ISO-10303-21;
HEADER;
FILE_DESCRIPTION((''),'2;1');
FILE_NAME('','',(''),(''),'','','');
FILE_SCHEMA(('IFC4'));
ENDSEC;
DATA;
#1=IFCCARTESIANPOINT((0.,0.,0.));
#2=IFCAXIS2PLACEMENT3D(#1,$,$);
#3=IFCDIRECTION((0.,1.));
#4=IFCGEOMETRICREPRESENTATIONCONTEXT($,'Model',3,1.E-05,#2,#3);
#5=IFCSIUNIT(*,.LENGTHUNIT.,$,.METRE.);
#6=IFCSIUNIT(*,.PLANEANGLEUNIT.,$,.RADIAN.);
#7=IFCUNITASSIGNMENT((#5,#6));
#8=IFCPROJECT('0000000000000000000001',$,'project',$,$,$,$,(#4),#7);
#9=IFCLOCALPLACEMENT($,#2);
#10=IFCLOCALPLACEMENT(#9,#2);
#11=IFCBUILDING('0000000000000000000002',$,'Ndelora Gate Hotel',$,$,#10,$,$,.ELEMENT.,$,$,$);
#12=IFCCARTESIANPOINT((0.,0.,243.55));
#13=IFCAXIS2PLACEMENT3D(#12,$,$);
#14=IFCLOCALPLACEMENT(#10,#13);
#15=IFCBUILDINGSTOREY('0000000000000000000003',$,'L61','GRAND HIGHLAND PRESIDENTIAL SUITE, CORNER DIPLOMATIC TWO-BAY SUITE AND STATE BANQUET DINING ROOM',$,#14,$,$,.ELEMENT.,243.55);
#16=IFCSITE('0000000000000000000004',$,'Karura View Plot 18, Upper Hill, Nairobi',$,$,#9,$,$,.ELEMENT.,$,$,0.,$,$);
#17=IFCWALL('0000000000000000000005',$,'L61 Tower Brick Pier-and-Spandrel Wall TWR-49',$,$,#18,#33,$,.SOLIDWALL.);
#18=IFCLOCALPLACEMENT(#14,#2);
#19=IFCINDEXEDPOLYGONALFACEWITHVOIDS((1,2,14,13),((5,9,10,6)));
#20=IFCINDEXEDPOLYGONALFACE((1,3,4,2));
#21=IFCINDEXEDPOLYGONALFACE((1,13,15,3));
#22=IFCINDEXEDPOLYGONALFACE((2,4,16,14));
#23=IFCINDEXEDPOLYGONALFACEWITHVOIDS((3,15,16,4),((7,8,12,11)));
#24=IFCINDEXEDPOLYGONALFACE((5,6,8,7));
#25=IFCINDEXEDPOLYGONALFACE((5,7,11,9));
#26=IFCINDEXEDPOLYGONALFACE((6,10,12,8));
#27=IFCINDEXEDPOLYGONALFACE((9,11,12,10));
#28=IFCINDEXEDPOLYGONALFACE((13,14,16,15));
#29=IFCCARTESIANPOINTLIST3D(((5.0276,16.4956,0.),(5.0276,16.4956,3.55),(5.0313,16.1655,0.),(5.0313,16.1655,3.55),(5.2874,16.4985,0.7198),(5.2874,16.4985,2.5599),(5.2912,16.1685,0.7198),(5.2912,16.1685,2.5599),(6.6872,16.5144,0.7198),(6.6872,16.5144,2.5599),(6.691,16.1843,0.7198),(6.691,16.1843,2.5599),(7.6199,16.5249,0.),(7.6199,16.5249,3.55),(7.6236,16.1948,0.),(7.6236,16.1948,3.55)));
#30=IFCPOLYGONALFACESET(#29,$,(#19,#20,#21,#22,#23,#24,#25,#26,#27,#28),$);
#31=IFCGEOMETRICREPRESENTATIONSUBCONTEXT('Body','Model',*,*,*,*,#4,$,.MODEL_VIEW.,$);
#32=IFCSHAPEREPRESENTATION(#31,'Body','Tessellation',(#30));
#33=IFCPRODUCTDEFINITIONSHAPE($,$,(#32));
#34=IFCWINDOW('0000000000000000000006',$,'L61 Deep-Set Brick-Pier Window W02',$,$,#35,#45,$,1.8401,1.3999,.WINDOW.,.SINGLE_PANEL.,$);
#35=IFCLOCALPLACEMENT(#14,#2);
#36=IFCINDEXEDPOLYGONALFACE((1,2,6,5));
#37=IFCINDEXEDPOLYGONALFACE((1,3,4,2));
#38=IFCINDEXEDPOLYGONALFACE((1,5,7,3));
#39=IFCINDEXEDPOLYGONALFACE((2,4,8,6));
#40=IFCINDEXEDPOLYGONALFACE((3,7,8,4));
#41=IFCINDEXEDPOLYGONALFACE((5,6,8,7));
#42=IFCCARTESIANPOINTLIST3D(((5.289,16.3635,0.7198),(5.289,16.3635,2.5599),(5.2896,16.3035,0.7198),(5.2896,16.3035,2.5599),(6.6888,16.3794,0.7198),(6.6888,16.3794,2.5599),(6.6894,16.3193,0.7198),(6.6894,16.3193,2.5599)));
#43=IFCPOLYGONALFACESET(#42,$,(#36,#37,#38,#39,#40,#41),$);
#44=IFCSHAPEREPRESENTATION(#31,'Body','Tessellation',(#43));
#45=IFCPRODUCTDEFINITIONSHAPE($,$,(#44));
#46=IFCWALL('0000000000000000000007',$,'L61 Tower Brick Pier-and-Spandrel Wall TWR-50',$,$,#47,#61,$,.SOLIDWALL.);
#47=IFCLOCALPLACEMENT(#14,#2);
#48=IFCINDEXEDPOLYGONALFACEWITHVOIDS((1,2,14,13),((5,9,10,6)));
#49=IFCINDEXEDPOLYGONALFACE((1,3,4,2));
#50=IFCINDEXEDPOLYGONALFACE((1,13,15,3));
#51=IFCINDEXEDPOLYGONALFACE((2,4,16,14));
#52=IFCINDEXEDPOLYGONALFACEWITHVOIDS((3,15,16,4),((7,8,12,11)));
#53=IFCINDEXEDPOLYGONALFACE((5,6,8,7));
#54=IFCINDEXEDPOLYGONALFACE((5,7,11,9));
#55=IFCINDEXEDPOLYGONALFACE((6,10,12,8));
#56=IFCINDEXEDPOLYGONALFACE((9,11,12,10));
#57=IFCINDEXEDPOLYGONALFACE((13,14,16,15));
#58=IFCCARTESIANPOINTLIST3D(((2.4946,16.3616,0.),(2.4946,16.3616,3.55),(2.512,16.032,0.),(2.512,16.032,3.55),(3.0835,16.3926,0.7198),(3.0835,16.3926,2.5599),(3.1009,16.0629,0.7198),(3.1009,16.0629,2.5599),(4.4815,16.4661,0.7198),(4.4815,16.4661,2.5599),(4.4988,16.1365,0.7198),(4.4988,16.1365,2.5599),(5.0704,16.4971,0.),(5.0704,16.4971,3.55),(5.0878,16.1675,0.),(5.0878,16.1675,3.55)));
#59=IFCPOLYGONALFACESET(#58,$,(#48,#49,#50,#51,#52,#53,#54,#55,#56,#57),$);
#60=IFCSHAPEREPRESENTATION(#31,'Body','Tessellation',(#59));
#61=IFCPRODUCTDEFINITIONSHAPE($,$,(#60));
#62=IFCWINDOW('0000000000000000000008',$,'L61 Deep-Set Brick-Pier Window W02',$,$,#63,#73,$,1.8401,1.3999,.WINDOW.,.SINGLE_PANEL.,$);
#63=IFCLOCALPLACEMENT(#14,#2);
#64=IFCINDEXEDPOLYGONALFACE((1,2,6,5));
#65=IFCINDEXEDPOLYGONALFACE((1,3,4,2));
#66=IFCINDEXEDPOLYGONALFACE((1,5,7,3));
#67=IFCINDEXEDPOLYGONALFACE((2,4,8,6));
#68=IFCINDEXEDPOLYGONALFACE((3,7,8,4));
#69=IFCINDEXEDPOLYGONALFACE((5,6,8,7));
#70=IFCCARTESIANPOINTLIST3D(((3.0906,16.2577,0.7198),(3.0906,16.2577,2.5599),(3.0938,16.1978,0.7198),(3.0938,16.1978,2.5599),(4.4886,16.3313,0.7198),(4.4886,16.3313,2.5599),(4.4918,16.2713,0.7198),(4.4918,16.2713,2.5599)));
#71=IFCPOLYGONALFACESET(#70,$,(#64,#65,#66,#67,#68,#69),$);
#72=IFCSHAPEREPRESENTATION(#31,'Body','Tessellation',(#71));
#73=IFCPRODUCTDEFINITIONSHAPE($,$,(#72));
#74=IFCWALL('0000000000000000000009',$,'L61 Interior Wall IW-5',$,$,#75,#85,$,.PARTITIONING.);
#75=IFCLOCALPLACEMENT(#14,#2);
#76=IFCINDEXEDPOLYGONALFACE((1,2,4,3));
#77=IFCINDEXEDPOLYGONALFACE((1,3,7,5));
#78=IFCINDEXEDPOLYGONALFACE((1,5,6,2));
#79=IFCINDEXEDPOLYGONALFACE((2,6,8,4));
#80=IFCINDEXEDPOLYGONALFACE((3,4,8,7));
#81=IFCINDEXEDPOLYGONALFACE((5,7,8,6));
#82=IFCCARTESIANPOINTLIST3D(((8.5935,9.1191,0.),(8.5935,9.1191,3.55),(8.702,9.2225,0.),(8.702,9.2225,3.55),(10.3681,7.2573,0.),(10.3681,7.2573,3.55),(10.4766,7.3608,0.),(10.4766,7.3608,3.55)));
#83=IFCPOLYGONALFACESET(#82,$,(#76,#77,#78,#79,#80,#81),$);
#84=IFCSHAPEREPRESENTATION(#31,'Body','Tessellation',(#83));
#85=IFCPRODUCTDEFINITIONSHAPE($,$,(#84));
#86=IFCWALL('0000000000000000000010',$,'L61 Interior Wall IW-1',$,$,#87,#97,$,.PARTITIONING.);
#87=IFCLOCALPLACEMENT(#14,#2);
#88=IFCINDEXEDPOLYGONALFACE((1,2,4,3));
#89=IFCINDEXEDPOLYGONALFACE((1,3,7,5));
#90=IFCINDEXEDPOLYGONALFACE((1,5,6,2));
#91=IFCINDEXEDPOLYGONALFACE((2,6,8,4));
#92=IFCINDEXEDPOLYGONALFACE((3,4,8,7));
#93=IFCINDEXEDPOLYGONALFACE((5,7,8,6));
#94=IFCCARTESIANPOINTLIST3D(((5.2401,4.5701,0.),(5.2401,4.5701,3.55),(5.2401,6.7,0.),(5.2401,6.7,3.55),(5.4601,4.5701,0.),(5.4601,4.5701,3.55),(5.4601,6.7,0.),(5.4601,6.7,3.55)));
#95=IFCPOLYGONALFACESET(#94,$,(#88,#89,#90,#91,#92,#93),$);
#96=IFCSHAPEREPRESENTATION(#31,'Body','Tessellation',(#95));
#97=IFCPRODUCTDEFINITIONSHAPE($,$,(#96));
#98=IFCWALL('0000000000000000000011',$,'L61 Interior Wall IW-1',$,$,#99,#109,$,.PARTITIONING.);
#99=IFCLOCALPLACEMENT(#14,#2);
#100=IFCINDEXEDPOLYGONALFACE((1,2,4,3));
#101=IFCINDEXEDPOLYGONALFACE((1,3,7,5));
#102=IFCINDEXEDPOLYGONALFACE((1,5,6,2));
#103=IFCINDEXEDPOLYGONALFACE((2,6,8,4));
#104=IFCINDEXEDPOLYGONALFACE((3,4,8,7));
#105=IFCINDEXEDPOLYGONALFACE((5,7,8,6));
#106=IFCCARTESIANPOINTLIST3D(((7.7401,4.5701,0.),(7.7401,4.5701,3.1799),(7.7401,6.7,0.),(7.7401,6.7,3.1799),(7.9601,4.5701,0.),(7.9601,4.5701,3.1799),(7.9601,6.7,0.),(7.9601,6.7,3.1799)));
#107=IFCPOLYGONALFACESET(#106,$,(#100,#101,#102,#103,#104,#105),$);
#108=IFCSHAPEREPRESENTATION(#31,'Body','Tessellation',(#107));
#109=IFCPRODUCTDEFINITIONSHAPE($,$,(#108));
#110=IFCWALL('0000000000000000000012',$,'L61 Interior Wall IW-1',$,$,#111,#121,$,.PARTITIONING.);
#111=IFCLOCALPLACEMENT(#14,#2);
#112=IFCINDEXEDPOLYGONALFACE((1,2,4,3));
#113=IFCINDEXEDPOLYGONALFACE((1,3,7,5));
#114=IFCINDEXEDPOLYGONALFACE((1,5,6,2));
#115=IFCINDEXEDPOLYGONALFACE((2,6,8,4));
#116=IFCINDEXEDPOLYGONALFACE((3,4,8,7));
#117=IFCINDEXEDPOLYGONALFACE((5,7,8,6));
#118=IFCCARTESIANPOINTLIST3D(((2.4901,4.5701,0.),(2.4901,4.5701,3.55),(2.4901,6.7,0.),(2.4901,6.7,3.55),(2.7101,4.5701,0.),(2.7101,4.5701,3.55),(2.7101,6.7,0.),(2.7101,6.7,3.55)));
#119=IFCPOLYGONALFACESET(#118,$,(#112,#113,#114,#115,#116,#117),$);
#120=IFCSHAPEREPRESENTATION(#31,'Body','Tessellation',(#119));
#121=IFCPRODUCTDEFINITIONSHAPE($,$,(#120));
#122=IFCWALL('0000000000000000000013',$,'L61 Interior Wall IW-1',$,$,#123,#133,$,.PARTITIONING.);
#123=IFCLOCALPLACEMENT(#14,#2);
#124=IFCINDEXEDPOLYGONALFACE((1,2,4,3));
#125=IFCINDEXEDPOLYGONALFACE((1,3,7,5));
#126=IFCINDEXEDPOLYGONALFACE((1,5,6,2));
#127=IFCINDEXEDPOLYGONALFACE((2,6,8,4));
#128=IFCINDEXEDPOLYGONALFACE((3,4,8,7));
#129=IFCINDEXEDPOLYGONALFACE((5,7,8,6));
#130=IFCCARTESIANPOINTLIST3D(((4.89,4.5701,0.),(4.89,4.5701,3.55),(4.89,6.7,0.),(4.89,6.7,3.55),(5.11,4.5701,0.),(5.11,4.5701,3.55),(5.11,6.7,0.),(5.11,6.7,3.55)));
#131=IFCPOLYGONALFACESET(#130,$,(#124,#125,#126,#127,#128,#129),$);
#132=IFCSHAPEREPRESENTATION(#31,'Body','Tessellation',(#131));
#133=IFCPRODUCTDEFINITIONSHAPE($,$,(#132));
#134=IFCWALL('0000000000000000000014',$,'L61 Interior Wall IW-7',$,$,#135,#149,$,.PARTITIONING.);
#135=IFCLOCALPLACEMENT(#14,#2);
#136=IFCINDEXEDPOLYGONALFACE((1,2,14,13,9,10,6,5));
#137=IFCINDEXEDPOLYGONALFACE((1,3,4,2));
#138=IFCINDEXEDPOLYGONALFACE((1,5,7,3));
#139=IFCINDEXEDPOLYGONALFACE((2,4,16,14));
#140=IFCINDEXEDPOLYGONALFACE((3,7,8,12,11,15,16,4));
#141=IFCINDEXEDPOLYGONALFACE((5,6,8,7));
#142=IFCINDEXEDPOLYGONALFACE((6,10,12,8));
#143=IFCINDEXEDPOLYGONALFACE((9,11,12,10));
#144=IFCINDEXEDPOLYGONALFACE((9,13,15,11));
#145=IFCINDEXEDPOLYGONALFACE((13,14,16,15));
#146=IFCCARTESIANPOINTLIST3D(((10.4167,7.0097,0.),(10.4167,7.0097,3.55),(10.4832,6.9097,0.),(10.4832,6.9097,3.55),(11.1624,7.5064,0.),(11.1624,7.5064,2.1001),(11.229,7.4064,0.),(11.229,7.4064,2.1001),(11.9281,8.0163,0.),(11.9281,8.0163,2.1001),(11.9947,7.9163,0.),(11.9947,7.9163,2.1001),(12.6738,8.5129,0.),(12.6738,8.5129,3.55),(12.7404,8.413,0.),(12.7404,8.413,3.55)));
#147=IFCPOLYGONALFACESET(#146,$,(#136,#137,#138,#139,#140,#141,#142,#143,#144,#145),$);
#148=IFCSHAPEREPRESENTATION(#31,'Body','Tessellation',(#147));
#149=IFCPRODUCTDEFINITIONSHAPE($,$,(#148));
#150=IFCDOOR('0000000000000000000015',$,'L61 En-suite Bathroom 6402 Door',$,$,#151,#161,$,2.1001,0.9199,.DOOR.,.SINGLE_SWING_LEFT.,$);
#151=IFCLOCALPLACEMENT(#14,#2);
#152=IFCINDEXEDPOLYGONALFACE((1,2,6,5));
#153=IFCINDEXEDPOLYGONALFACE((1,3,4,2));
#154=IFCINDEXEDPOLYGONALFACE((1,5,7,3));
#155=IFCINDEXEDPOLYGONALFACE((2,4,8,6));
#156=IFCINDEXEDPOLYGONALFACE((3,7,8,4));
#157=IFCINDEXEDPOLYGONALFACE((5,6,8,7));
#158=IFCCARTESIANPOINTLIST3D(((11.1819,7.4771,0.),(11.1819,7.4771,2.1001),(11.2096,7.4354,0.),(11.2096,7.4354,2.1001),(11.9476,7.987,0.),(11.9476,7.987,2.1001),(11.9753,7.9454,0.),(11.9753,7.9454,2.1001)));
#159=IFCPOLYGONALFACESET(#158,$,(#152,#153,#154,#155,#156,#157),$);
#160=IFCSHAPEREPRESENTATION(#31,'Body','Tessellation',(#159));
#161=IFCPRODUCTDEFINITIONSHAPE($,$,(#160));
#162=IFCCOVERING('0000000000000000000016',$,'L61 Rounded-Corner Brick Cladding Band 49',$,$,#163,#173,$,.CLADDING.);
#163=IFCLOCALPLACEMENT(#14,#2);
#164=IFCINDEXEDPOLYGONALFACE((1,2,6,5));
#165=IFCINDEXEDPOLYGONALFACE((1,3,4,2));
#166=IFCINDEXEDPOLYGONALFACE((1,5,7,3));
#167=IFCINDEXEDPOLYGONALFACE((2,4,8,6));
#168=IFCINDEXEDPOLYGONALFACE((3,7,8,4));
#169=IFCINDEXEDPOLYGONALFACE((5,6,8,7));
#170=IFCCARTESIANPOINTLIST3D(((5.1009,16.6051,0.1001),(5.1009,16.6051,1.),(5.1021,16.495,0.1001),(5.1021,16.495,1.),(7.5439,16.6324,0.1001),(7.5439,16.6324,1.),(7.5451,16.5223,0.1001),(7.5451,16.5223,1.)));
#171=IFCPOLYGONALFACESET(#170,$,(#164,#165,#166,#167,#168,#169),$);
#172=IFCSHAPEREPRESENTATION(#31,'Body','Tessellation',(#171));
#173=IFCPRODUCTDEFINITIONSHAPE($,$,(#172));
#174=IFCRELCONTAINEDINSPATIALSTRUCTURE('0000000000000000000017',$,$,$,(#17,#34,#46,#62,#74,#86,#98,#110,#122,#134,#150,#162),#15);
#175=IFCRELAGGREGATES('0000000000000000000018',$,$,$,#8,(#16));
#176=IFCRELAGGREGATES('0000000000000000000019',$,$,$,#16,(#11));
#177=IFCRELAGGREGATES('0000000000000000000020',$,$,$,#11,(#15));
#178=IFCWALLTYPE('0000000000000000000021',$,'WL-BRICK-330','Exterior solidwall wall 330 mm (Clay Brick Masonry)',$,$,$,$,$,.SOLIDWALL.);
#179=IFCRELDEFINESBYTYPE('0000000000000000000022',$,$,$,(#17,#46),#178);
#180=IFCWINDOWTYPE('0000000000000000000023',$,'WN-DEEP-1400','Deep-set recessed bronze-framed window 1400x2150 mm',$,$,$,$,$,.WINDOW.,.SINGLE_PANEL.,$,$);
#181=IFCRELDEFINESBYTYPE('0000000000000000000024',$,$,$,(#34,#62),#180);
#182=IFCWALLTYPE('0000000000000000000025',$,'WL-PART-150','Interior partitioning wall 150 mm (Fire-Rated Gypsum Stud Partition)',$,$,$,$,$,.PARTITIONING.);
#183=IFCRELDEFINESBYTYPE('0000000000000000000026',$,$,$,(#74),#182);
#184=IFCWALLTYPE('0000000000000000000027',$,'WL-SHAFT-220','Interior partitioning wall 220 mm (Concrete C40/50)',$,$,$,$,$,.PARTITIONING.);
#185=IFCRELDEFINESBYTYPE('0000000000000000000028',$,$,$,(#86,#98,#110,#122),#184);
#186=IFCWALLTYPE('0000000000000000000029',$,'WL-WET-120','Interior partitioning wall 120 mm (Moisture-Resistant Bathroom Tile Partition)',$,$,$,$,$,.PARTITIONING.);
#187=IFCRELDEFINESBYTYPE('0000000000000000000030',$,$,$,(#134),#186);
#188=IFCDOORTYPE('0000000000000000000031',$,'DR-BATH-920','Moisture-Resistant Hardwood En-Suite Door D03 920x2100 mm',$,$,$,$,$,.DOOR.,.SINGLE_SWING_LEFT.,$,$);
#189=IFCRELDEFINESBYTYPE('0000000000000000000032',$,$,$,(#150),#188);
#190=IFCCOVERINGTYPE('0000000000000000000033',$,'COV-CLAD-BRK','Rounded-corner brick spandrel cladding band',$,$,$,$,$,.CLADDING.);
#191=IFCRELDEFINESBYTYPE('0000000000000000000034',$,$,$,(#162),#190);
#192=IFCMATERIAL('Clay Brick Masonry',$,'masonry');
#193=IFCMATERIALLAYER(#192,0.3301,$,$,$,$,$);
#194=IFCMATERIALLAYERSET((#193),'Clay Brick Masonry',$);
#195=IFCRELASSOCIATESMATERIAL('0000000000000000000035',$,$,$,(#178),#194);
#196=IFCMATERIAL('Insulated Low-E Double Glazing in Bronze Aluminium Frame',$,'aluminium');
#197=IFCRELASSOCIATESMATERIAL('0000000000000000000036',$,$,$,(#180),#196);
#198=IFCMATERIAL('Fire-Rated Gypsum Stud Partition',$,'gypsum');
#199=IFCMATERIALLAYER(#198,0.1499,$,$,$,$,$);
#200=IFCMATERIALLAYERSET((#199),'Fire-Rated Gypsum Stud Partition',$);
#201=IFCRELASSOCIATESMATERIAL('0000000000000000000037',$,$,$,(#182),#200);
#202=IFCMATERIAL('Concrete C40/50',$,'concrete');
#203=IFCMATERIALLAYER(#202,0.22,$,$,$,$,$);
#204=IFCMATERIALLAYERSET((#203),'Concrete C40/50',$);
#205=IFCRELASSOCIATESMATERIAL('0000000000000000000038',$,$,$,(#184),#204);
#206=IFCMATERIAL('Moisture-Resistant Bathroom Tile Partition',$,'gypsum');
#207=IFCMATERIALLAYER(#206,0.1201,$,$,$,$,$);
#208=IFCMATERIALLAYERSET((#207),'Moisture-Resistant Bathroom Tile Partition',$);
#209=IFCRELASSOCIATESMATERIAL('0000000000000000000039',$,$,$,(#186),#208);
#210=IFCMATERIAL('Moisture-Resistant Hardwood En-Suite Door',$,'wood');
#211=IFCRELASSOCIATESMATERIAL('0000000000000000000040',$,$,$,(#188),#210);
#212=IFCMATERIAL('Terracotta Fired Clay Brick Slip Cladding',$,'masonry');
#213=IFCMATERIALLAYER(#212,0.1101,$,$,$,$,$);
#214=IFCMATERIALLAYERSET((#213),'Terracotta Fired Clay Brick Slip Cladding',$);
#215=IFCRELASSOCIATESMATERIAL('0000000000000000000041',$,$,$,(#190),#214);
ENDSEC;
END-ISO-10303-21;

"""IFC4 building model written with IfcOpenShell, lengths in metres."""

from ifc_helpers import new_model, si_unit, direction, frame, frame_2d, origin, origin_2d, place, context, subcontext, project, spatial, rectangle, extrude, material, layer, layer_set, type_object, element, fill, save


model = new_model("IFC4")

# Units and contexts
model_context = context("Model", 3, precision=1e-05, world=origin(), true_north=direction((0.0, 1.0)))
body_context = subcontext(model_context, "Body", "Model", "MODEL_VIEW")
ifc_project = project(units=[si_unit("LENGTHUNIT", "METRE"), si_unit("PLANEANGLEUNIT", "RADIAN")], contexts=[model_context])

# Site, building, storey
site_placement = place(None, origin())
site = spatial("IfcSite", under=ifc_project, at=site_placement, Name="Karura View Plot 18, Upper Hill, Nairobi", CompositionType="ELEMENT", RefElevation=0.0)
building_placement = place(site_placement, origin())
building = spatial("IfcBuilding", under=site, at=building_placement, Name="Ndelora Gate Hotel", CompositionType="ELEMENT")
storey_placement = place(building_placement, frame((0.0, 0.0, 243.55)))
storey = spatial("IfcBuildingStorey", under=building, at=storey_placement, Name="L61", Description="GRAND HIGHLAND PRESIDENTIAL SUITE, CORNER DIPLOMATIC TWO-BAY SUITE AND STATE BANQUET DINING ROOM", CompositionType="ELEMENT", Elevation=243.55)

# Walls, openings, windows
ifc_material_1 = material(Name="Clay Brick Masonry", Category="masonry")
ifc_layer_1 = layer(ifc_material_1, 0.3301)
ifc_layer_set_1 = layer_set([ifc_layer_1], Name="Clay Brick Masonry")
wall_type_1 = type_object("IfcWallType", Name="WL-BRICK-330", Description="Exterior solidwall wall 330 mm (Clay Brick Masonry)", PredefinedType="SOLIDWALL", material=ifc_layer_set_1)
ifc_material_2 = material(Name="Insulated Low-E Double Glazing in Bronze Aluminium Frame", Category="aluminium")
window_type = type_object("IfcWindowType", Name="WN-DEEP-1400", Description="Deep-set recessed bronze-framed window 1400x2150 mm", PartitioningType="SINGLE_PANEL", PredefinedType="WINDOW", material=ifc_material_2)
wall_1_placement = place(storey_placement, frame((5.0293, 16.3306, 0.0), z_axis=(0.0, 0.0, 1.0), x_axis=(0.999936, 0.011301, 0.0)))
wall_1 = element("IfcWall", 1, at=wall_1_placement, inside=storey, type_object=wall_type_1, Name="L61 Tower Brick Pier-and-Spandrel Wall TWR-49", PredefinedType="SOLIDWALL", context=body_context, shape_type="SweptSolid", body=[
    extrude(rectangle(XDim=2.5925, YDim=0.3301, at=frame_2d((1.2964, 0.0))), origin(), (0.0, 0.0, 1.0), 3.55),
])
opening_1_placement = place(wall_1_placement, frame((0.26, 0.0, 0.72)))
opening_1 = element("IfcOpeningElement", 2, at=opening_1_placement, cuts=wall_1, PredefinedType="OPENING", context=body_context, shape_type="SweptSolid", body=[
    extrude(rectangle(XDim=1.3999, YDim=1.8401, at=frame_2d((0.7, 0.9199))), frame((0.0, 0.175, 0.0), z_axis=(0.0, -1.0, 0.0), x_axis=(1.0, 0.0, 0.0)), (0.0, 0.0, 1.0), 0.3501),
])
window_1_placement = place(opening_1_placement, origin())
window_1 = element("IfcWindow", 3, at=window_1_placement, inside=storey, type_object=window_type, Name="L61 Deep-Set Brick-Pier Window W02", OverallHeight=1.8401, OverallWidth=1.3999, PartitioningType="SINGLE_PANEL", PredefinedType="WINDOW", context=body_context, shape_type="SweptSolid", body=[
    extrude(rectangle(XDim=1.3999, YDim=1.8401, at=frame_2d((0.7, 0.9199))), frame((0.0, 0.03, 0.0), z_axis=(0.0, -1.0, 0.0), x_axis=(1.0, 0.0, 0.0)), (0.0, 0.0, 1.0), 0.0601),
])
fill(opening_1, window_1)
wall_2_placement = place(storey_placement, frame((2.5034, 16.1968, 0.0), z_axis=(0.0, 0.0, 1.0), x_axis=(0.998619, 0.052534, 0.0)))
wall_2 = element("IfcWall", 4, at=wall_2_placement, inside=storey, type_object=wall_type_1, Name="L61 Tower Brick Pier-and-Spandrel Wall TWR-50", PredefinedType="SOLIDWALL", context=body_context, shape_type="SweptSolid", body=[
    extrude(rectangle(XDim=2.5793, YDim=0.3301, at=frame_2d((1.2896, 0.0))), origin(), (0.0, 0.0, 1.0), 3.55),
])
opening_2_placement = place(wall_2_placement, frame((0.5896, 0.0, 0.72)))
opening_2 = element("IfcOpeningElement", 5, at=opening_2_placement, cuts=wall_2, PredefinedType="OPENING", context=body_context, shape_type="SweptSolid", body=[
    extrude(rectangle(XDim=1.3999, YDim=1.8401, at=frame_2d((0.7, 0.9199))), frame((0.0, 0.175, 0.0), z_axis=(0.0, -1.0, 0.0), x_axis=(1.0, 0.0, 0.0)), (0.0, 0.0, 1.0), 0.3501),
])
window_2_placement = place(opening_2_placement, origin())
window_2 = element("IfcWindow", 6, at=window_2_placement, inside=storey, type_object=window_type, Name="L61 Deep-Set Brick-Pier Window W02", OverallHeight=1.8401, OverallWidth=1.3999, PartitioningType="SINGLE_PANEL", PredefinedType="WINDOW", context=body_context, shape_type="SweptSolid", body=[
    extrude(rectangle(XDim=1.3999, YDim=1.8401, at=frame_2d((0.7, 0.9199))), frame((0.0, 0.03, 0.0), z_axis=(0.0, -1.0, 0.0), x_axis=(1.0, 0.0, 0.0)), (0.0, 0.0, 1.0), 0.0601),
])
fill(opening_2, window_2)

# Wall
ifc_material_3 = material(Name="Fire-Rated Gypsum Stud Partition", Category="gypsum")
ifc_layer_2 = layer(ifc_material_3, 0.1499)
ifc_layer_set_2 = layer_set([ifc_layer_2], Name="Fire-Rated Gypsum Stud Partition")
wall_type_2 = type_object("IfcWallType", Name="WL-PART-150", Description="Interior partitioning wall 150 mm (Fire-Rated Gypsum Stud Partition)", PredefinedType="PARTITIONING", material=ifc_layer_set_2)
wall_3_placement = place(storey_placement, frame((8.6477, 9.1709, 0.0), z_axis=(0.0, 0.0, 1.0), x_axis=(0.689961, -0.723847, 0.0)))
element("IfcWall", 7, at=wall_3_placement, inside=storey, type_object=wall_type_2, Name="L61 Interior Wall IW-5", PredefinedType="PARTITIONING", context=body_context, shape_type="SweptSolid", body=[
    extrude(rectangle(XDim=2.572, YDim=0.1499, at=frame_2d((1.2861, 0.0))), origin(), (0.0, 0.0, 1.0), 3.55),
])

# Shared definitions
ifc_material_4 = material(Name="Concrete C40/50", Category="concrete")
ifc_layer_3 = layer(ifc_material_4, 0.22)
ifc_layer_set_3 = layer_set([ifc_layer_3], Name="Concrete C40/50")
wall_type_3 = type_object("IfcWallType", Name="WL-SHAFT-220", Description="Interior partitioning wall 220 mm (Concrete C40/50)", PredefinedType="PARTITIONING", material=ifc_layer_set_3)

# Walls
wall_4_placement = place(storey_placement, frame((5.3501, 4.5701, 0.0), z_axis=(0.0, 0.0, 1.0), x_axis=(0.0, 1.0, 0.0)))
element("IfcWall", 8, at=wall_4_placement, inside=storey, type_object=wall_type_3, Name="L61 Interior Wall IW-1", PredefinedType="PARTITIONING", context=body_context, shape_type="SweptSolid", body=[
    extrude(rectangle(XDim=2.1299, YDim=0.22, at=frame_2d((1.0649, 0.0))), origin(), (0.0, 0.0, 1.0), 3.55),
])
wall_5_placement = place(storey_placement, frame((7.8501, 4.5701, 0.0), z_axis=(0.0, 0.0, 1.0), x_axis=(0.0, 1.0, 0.0)))
element("IfcWall", 9, at=wall_5_placement, inside=storey, type_object=wall_type_3, Name="L61 Interior Wall IW-1", PredefinedType="PARTITIONING", context=body_context, shape_type="SweptSolid", body=[
    extrude(rectangle(XDim=2.1299, YDim=0.22, at=frame_2d((1.0649, 0.0))), origin(), (0.0, 0.0, 1.0), 3.1799),
])

# Walls
for number, where, z_axis, x_axis, name in (
    (10, (2.6001, 4.5701, 0.0), (0.0, 0.0, 1.0), (0.0, 1.0, 0.0), "L61 Interior Wall IW-1"),
    (11, (5.0, 4.5701, 0.0), (0.0, 0.0, 1.0), (0.0, 1.0, 0.0), "L61 Interior Wall IW-1"),
):
    element("IfcWall", number, at=place(storey_placement, frame(where, z_axis=z_axis, x_axis=x_axis)), inside=storey, type_object=wall_type_3, Name=name, PredefinedType="PARTITIONING", context=body_context, shape_type="SweptSolid", body=[
        extrude(rectangle(XDim=2.1299, YDim=0.22, at=frame_2d((1.0649, 0.0))), origin(), (0.0, 0.0, 1.0), 3.55),
    ])

# Wall, opening, door
ifc_material_5 = material(Name="Moisture-Resistant Bathroom Tile Partition", Category="gypsum")
ifc_layer_4 = layer(ifc_material_5, 0.1201)
ifc_layer_set_4 = layer_set([ifc_layer_4], Name="Moisture-Resistant Bathroom Tile Partition")
wall_type_4 = type_object("IfcWallType", Name="WL-WET-120", Description="Interior partitioning wall 120 mm (Moisture-Resistant Bathroom Tile Partition)", PredefinedType="PARTITIONING", material=ifc_layer_set_4)
wall_6_placement = place(storey_placement, frame((10.45, 6.9597, 0.0), z_axis=(0.0, 0.0, 1.0), x_axis=(0.832313, 0.554305, 0.0)))
wall_6 = element("IfcWall", 12, at=wall_6_placement, inside=storey, type_object=wall_type_4, Name="L61 Interior Wall IW-7", PredefinedType="PARTITIONING", context=body_context, shape_type="SweptSolid", body=[
    extrude(rectangle(XDim=2.7119, YDim=0.1201, at=frame_2d((1.356, 0.0))), origin(), (0.0, 0.0, 1.0), 3.55),
])
opening_3_placement = place(wall_6_placement, frame((0.896, 0.0, 0.0)))
opening_3 = element("IfcOpeningElement", 13, at=opening_3_placement, cuts=wall_6, PredefinedType="OPENING", context=body_context, shape_type="SweptSolid", body=[
    extrude(rectangle(XDim=0.9199, YDim=2.1001, at=frame_2d((0.46, 1.05))), frame((0.0, 0.0701, 0.0), z_axis=(0.0, -1.0, 0.0), x_axis=(1.0, 0.0, 0.0)), (0.0, 0.0, 1.0), 0.1401),
])
ifc_material_6 = material(Name="Moisture-Resistant Hardwood En-Suite Door", Category="wood")
door_type_1 = type_object("IfcDoorType", Name="DR-BATH-920", Description="Moisture-Resistant Hardwood En-Suite Door D03 920x2100 mm", OperationType="SINGLE_SWING_LEFT", PredefinedType="DOOR", material=ifc_material_6)
door_1_placement = place(opening_3_placement, origin())
door_1 = element("IfcDoor", 14, at=door_1_placement, inside=storey, type_object=door_type_1, Name="L61 En-suite Bathroom 6402 Door", OperationType="SINGLE_SWING_LEFT", OverallHeight=2.1001, OverallWidth=0.9199, PredefinedType="DOOR", context=body_context, shape_type="SweptSolid", body=[
    extrude(rectangle(XDim=0.9199, YDim=2.1001, at=frame_2d((0.46, 1.05))), frame((0.0, 0.0249, 0.0), z_axis=(0.0, -1.0, 0.0), x_axis=(1.0, 0.0, 0.0)), (0.0, 0.0, 1.0), 0.05),
])
fill(opening_3, door_1)

# Covering
ifc_material_7 = material(Name="Terracotta Fired Clay Brick Slip Cladding", Category="masonry")
ifc_layer_5 = layer(ifc_material_7, 0.1101)
ifc_layer_set_5 = layer_set([ifc_layer_5], Name="Terracotta Fired Clay Brick Slip Cladding")
covering_type_1 = type_object("IfcCoveringType", Name="COV-CLAD-BRK", Description="Rounded-corner brick spandrel cladding band", PredefinedType="CLADDING", material=ifc_layer_set_5)
covering_placement = place(storey_placement, frame((6.323, 16.5637, 0.1001), z_axis=(0.0, 0.0, 1.0), x_axis=(0.999938, 0.01117, 0.0)))
element("IfcCovering", 15, at=covering_placement, inside=storey, type_object=covering_type_1, Name="L61 Rounded-Corner Brick Cladding Band 49", PredefinedType="CLADDING", context=body_context, shape_type="SweptSolid", body=[
    extrude(rectangle(XDim=2.4431, YDim=0.1101, at=origin_2d()), origin(), (0.0, 0.0, 1.0), 0.8999),
])

save(model, "model.ifc")
